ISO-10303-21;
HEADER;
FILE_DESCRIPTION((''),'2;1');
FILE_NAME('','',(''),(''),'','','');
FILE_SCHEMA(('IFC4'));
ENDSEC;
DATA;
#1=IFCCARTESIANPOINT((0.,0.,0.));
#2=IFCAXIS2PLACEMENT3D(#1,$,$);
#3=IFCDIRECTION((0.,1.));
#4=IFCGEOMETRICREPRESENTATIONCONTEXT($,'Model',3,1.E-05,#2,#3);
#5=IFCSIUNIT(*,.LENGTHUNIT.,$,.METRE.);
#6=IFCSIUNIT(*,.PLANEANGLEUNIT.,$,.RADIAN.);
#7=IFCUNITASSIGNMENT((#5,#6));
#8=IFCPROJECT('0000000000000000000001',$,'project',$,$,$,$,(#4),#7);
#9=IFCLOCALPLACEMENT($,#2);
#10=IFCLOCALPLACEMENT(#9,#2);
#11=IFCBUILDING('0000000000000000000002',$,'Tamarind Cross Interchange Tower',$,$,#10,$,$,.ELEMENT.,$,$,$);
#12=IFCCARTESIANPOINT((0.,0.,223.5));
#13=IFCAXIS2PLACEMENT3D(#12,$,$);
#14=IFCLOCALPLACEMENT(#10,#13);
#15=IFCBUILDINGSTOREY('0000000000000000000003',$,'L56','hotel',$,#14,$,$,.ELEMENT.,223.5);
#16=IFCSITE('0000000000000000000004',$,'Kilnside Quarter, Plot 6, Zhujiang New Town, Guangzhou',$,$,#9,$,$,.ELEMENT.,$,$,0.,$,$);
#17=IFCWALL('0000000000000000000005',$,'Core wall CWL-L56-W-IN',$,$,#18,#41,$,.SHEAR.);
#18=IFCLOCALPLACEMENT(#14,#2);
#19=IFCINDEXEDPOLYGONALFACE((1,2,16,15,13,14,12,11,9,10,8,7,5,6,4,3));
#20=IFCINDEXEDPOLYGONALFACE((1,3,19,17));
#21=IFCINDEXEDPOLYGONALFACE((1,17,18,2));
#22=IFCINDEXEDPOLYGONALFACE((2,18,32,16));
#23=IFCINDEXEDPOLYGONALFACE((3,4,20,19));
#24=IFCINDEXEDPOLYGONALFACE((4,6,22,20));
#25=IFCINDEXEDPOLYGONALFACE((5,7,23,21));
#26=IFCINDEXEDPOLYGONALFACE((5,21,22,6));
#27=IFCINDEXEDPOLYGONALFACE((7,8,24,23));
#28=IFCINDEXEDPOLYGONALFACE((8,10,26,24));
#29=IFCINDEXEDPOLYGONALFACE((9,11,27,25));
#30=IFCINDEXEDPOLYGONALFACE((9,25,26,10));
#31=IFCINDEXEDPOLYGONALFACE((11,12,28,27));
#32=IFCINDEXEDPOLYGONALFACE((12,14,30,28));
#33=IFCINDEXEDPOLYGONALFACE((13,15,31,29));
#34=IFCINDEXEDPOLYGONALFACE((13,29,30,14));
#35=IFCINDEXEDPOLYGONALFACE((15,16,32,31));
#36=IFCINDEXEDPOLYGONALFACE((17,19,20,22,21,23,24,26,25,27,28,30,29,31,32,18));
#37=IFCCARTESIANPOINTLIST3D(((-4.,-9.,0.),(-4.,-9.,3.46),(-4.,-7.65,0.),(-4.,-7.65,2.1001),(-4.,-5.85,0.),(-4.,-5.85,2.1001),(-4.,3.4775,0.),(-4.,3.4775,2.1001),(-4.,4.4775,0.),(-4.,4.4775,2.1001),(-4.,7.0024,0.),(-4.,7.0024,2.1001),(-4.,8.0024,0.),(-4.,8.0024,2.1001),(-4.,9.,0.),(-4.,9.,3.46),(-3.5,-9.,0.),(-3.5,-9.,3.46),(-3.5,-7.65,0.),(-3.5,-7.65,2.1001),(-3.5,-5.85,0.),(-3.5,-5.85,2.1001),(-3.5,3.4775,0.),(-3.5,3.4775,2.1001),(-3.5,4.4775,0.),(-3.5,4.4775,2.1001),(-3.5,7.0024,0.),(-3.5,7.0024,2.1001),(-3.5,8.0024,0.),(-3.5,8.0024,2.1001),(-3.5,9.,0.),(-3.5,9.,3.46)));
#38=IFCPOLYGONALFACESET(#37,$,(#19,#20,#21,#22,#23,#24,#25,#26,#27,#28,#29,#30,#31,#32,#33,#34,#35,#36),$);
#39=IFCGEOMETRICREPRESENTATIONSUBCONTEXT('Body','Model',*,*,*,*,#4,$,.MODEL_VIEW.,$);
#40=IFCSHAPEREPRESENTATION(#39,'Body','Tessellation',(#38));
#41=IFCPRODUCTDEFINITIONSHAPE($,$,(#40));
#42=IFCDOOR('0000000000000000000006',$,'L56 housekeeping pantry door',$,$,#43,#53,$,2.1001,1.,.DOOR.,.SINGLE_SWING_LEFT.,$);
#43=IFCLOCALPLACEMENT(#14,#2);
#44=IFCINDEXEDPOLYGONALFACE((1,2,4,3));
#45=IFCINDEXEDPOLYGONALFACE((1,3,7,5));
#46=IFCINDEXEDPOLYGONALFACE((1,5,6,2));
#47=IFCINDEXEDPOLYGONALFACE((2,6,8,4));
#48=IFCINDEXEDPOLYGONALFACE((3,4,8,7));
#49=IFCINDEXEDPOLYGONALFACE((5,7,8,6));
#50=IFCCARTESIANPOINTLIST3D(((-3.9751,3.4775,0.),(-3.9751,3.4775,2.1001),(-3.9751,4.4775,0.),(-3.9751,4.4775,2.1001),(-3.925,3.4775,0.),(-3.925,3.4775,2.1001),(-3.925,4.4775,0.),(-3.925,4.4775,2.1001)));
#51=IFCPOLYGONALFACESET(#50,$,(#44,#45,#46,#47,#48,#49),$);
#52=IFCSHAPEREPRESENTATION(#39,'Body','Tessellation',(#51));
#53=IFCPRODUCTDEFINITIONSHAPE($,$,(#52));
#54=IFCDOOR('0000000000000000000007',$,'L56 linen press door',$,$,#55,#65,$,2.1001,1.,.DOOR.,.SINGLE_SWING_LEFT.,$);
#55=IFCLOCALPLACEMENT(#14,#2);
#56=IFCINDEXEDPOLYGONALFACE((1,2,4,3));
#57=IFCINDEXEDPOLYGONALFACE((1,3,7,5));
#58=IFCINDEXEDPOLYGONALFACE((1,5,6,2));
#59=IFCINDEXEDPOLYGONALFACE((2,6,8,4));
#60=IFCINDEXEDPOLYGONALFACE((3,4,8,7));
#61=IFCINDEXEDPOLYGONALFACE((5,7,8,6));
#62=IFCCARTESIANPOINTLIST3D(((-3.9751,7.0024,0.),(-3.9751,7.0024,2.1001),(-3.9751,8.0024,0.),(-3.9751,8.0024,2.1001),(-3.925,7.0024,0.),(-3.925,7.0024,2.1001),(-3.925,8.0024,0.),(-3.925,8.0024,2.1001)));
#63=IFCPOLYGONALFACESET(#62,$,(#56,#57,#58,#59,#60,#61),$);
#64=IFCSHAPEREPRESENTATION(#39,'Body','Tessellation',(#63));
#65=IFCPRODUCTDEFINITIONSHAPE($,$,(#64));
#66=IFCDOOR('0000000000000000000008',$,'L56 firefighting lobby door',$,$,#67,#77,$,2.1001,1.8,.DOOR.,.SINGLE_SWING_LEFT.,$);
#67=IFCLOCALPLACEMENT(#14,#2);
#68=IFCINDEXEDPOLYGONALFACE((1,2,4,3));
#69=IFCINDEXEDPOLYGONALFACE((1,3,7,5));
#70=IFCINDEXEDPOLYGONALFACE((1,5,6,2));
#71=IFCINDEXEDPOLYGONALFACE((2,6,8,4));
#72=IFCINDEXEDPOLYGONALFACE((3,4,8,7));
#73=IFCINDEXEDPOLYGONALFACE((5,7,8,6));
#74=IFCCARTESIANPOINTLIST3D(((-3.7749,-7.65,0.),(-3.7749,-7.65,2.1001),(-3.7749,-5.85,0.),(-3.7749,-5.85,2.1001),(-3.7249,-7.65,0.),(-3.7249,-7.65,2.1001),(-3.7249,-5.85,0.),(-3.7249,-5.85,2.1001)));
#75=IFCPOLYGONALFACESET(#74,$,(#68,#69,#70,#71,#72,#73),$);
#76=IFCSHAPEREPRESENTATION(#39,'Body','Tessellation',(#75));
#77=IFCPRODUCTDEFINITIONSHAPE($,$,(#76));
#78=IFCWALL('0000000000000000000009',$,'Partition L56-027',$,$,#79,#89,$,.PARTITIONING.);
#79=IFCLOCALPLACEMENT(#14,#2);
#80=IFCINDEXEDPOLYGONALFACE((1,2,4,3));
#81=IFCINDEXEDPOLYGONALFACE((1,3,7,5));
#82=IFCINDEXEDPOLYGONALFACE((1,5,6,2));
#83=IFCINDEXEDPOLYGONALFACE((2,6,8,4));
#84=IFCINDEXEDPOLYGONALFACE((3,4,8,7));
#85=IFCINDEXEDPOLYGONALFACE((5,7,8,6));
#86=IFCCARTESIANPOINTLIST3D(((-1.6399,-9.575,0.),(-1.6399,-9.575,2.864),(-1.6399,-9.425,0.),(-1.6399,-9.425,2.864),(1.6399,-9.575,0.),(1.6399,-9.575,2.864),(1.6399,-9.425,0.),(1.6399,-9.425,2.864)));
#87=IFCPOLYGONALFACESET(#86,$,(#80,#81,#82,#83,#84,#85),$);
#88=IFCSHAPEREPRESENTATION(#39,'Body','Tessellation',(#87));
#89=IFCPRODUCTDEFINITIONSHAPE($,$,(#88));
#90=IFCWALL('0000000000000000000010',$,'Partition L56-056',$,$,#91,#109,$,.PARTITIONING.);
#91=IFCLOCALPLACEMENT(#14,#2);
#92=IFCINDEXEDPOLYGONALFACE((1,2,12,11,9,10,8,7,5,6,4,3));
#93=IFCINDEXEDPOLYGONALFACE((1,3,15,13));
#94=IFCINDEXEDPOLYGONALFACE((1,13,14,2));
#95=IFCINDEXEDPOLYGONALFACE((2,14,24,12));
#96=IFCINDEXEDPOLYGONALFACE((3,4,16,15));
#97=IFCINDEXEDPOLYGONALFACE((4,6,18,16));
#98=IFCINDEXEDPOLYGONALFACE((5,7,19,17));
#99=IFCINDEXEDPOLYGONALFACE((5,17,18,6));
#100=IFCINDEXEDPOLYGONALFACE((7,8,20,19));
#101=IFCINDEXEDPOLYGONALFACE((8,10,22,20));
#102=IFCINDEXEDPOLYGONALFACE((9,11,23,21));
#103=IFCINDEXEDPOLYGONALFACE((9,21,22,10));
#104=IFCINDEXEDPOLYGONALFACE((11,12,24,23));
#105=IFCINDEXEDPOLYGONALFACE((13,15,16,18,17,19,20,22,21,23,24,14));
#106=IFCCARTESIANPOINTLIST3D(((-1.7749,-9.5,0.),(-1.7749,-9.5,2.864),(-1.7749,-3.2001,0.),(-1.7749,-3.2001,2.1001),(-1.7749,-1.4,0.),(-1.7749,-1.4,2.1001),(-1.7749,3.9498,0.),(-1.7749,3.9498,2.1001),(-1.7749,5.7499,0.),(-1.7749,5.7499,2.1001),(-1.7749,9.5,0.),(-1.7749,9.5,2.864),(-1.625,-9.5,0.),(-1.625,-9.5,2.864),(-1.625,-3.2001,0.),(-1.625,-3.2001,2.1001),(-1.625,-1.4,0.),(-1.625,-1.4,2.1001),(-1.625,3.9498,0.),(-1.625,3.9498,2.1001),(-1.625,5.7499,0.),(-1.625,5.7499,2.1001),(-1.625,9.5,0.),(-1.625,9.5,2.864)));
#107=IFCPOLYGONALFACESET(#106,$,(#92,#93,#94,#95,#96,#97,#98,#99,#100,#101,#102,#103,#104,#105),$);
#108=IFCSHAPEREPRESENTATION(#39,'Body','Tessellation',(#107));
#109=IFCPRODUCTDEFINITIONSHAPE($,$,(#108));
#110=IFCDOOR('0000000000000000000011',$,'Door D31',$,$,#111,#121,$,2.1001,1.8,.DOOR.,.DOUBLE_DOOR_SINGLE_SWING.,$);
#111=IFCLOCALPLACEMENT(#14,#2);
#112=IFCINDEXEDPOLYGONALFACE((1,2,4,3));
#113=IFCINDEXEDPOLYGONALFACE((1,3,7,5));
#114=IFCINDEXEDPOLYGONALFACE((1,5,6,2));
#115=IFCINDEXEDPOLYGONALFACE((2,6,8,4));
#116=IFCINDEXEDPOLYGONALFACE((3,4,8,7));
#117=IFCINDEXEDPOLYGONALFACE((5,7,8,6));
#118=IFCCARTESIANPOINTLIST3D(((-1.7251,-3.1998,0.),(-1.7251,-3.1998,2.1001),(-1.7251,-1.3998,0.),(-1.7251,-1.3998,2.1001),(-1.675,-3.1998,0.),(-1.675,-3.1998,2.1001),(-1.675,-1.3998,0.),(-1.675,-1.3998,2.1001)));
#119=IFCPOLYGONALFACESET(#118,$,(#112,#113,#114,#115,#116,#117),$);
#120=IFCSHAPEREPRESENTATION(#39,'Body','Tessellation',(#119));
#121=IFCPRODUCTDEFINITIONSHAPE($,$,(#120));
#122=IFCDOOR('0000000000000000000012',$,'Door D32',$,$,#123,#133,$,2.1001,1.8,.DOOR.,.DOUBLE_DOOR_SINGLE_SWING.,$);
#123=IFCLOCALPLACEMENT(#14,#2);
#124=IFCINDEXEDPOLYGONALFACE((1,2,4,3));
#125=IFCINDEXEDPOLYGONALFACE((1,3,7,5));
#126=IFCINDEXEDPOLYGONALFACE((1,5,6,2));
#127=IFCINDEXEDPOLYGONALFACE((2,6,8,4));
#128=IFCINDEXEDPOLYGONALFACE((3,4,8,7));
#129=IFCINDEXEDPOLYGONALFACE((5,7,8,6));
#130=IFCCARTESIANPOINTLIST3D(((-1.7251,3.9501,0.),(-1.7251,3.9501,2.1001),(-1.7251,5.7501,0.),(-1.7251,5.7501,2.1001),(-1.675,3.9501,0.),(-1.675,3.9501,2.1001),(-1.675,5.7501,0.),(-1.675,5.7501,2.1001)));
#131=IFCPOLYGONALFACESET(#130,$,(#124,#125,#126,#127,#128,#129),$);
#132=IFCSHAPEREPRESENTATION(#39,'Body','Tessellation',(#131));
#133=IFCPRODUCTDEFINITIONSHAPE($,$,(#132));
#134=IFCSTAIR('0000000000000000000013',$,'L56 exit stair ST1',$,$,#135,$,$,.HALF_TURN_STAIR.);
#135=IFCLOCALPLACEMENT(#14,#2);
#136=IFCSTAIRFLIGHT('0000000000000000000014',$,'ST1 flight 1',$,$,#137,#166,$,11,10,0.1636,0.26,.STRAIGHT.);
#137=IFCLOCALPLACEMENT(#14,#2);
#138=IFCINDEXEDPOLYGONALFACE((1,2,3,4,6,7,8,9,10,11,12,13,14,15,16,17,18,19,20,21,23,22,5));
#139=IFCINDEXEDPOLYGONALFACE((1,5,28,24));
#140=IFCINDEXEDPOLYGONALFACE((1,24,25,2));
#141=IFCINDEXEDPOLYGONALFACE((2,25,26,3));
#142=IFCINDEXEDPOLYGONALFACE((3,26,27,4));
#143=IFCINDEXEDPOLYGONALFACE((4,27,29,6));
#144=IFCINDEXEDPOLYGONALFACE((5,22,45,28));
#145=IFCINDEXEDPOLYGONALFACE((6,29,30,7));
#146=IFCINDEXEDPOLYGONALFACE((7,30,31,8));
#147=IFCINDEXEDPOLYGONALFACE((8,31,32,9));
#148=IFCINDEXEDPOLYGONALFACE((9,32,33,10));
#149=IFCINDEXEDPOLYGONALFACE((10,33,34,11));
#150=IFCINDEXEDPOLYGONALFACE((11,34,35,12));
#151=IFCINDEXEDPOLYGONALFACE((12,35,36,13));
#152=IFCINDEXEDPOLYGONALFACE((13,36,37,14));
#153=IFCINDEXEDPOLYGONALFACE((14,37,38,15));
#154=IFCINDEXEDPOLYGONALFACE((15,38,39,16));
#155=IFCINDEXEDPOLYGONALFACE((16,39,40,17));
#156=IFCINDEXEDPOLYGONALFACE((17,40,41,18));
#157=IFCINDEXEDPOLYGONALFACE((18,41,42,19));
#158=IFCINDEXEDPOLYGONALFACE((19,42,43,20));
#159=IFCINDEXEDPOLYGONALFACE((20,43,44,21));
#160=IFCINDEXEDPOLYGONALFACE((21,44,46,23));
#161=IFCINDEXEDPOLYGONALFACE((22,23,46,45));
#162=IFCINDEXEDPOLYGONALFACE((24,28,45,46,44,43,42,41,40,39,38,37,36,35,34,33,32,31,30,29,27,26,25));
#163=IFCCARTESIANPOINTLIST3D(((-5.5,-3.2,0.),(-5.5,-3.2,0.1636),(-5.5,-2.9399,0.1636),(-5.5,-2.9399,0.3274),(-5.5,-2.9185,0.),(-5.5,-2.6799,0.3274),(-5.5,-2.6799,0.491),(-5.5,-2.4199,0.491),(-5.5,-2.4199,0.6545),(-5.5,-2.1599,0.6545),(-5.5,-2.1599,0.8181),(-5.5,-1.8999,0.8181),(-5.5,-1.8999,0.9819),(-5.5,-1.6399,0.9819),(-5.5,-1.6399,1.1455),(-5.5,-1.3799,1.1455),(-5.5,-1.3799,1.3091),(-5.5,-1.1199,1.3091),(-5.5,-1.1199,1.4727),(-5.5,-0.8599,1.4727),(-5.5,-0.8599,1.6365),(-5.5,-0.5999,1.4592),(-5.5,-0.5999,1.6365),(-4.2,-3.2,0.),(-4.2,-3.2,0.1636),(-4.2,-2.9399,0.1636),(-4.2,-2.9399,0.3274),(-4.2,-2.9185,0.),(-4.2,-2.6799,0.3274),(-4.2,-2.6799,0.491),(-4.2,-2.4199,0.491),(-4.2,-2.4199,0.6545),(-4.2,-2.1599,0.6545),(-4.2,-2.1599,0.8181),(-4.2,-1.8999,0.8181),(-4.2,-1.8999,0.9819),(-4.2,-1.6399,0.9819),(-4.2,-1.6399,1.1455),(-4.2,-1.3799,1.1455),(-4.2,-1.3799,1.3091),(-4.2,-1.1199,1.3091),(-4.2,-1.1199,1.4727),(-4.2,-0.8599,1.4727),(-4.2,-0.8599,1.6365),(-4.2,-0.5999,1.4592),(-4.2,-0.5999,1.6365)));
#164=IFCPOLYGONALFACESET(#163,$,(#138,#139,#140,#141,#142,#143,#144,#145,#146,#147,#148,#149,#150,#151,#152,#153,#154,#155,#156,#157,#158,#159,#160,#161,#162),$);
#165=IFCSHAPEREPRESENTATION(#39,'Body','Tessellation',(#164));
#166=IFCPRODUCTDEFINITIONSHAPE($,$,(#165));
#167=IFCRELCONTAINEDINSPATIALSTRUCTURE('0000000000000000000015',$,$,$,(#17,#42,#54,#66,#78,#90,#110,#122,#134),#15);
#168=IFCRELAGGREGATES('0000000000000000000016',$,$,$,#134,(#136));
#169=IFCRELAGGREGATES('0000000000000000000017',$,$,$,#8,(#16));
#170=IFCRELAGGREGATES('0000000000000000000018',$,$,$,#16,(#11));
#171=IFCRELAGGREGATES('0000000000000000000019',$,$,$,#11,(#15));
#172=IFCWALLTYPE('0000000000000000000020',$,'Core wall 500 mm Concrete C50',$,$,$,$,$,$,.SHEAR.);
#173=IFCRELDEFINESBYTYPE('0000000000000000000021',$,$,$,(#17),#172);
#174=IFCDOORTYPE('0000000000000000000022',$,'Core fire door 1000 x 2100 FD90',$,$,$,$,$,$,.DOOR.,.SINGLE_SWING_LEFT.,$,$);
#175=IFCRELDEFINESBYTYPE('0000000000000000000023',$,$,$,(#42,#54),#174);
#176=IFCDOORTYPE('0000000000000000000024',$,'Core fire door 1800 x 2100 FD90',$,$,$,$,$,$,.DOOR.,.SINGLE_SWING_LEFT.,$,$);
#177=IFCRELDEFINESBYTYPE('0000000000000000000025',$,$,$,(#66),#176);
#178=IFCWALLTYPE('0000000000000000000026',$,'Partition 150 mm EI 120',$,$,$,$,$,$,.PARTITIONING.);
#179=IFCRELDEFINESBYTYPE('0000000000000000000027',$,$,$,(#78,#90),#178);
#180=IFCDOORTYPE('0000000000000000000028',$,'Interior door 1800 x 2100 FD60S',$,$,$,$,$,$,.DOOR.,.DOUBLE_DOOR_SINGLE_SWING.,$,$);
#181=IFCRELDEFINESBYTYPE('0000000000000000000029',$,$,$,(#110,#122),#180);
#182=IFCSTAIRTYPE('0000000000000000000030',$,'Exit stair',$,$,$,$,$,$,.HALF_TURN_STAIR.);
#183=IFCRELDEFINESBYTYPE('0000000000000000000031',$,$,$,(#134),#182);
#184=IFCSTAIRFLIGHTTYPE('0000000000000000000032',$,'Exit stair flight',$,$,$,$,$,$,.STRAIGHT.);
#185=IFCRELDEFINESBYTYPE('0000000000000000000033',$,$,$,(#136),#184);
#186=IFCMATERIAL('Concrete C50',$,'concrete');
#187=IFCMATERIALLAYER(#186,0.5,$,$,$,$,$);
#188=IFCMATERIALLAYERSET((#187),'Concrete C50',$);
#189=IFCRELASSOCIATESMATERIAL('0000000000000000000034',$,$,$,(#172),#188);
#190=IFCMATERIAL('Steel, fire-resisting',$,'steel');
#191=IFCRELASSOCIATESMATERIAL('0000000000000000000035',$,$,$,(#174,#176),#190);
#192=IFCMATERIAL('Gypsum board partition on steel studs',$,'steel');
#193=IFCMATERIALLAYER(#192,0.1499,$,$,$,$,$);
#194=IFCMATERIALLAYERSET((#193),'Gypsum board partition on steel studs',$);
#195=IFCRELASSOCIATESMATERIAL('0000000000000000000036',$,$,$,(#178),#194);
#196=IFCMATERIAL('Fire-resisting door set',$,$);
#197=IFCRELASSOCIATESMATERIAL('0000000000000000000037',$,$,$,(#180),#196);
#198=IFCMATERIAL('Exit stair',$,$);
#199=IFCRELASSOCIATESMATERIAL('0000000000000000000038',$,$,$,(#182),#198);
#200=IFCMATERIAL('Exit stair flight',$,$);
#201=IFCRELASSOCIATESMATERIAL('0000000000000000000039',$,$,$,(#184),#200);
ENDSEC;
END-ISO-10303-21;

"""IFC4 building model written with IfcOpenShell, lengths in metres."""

from ifc_helpers import new_model, si_unit, direction, frame, frame_2d, origin, place, context, subcontext, project, spatial, polyline, rectangle, outline, extrude, material, layer, layer_set, type_object, element, fill, aggregate, save


model = new_model("IFC4")

# Units and contexts
model_context = context("Model", 3, precision=1e-05, world=origin(), true_north=direction((0.0, 1.0)))
body_context = subcontext(model_context, "Body", "Model", "MODEL_VIEW")
ifc_project = project(units=[si_unit("LENGTHUNIT", "METRE"), si_unit("PLANEANGLEUNIT", "RADIAN")], contexts=[model_context])

# Site, building, storey
site_placement = place(None, origin())
site = spatial("IfcSite", under=ifc_project, at=site_placement, Name="Kilnside Quarter, Plot 6, Zhujiang New Town, Guangzhou", CompositionType="ELEMENT", RefElevation=0.0)
building_placement = place(site_placement, origin())
building = spatial("IfcBuilding", under=site, at=building_placement, Name="Tamarind Cross Interchange Tower", CompositionType="ELEMENT")
storey_placement = place(building_placement, frame((0.0, 0.0, 223.5)))
storey = spatial("IfcBuildingStorey", under=building, at=storey_placement, Name="L56", Description="hotel", CompositionType="ELEMENT", Elevation=223.5)

# Wall, openings, doors
ifc_material_1 = material(Name="Concrete C50", Category="concrete")
ifc_layer_1 = layer(ifc_material_1, 0.5)
ifc_layer_set_1 = layer_set([ifc_layer_1], Name="Concrete C50")
wall_type_1 = type_object("IfcWallType", Name="Core wall 500 mm Concrete C50", PredefinedType="SHEAR", material=ifc_layer_set_1)
wall_1_placement = place(storey_placement, frame((-3.75, -9.0, 0.0), z_axis=(0.0, 0.0, 1.0), x_axis=(0.0, 1.0, 0.0)))
wall_1 = element("IfcWall", 1, at=wall_1_placement, inside=storey, type_object=wall_type_1, Name="Core wall CWL-L56-W-IN", PredefinedType="SHEAR", context=body_context, shape_type="SweptSolid", body=[
    extrude(rectangle(XDim=18.0, YDim=0.5, at=frame_2d((9.0, 0.0))), origin(), (0.0, 0.0, 1.0), 3.46),
])
opening_1_placement = place(wall_1_placement, frame((1.3501, 0.0, 0.0)))
opening_1 = element("IfcOpeningElement", 2, at=opening_1_placement, cuts=wall_1, PredefinedType="OPENING", context=body_context, shape_type="SweptSolid", body=[
    extrude(rectangle(XDim=1.8, YDim=2.1001, at=frame_2d((0.8999, 1.05))), frame((0.0, 0.26, 0.0), z_axis=(0.0, -1.0, 0.0), x_axis=(1.0, 0.0, 0.0)), (0.0, 0.0, 1.0), 0.52),
])
opening_2_placement = place(wall_1_placement, frame((12.4775, 0.0, 0.0)))
opening_2 = element("IfcOpeningElement", 3, at=opening_2_placement, cuts=wall_1, PredefinedType="OPENING", context=body_context, shape_type="SweptSolid", body=[
    extrude(rectangle(XDim=1.0, YDim=2.1001, at=frame_2d((0.5, 1.05))), frame((0.0, 0.26, 0.0), z_axis=(0.0, -1.0, 0.0), x_axis=(1.0, 0.0, 0.0)), (0.0, 0.0, 1.0), 0.52),
])
opening_3_placement = place(wall_1_placement, frame((16.0024, 0.0, 0.0)))
opening_3 = element("IfcOpeningElement", 4, at=opening_3_placement, cuts=wall_1, PredefinedType="OPENING", context=body_context, shape_type="SweptSolid", body=[
    extrude(rectangle(XDim=1.0, YDim=2.1001, at=frame_2d((0.5, 1.05))), frame((0.0, 0.26, 0.0), z_axis=(0.0, -1.0, 0.0), x_axis=(1.0, 0.0, 0.0)), (0.0, 0.0, 1.0), 0.52),
])
ifc_material_2 = material(Name="Steel, fire-resisting", Category="steel")
door_type_1 = type_object("IfcDoorType", Name="Core fire door 1000 x 2100 FD90", OperationType="SINGLE_SWING_LEFT", PredefinedType="DOOR", material=ifc_material_2)
door_1_placement = place(opening_2_placement, origin())
door_1 = element("IfcDoor", 5, at=door_1_placement, inside=storey, type_object=door_type_1, Name="L56 housekeeping pantry door", OperationType="SINGLE_SWING_LEFT", OverallHeight=2.1001, OverallWidth=1.0, PredefinedType="DOOR", context=body_context, shape_type="SweptSolid", body=[
    extrude(rectangle(XDim=1.0, YDim=2.1001, at=frame_2d((0.5, 1.05))), frame((0.0, 0.2251, 0.0), z_axis=(0.0, -1.0, 0.0), x_axis=(1.0, 0.0, 0.0)), (0.0, 0.0, 1.0), 0.05),
])
fill(opening_2, door_1)
door_2_placement = place(opening_3_placement, origin())
door_2 = element("IfcDoor", 6, at=door_2_placement, inside=storey, type_object=door_type_1, Name="L56 linen press door", OperationType="SINGLE_SWING_LEFT", OverallHeight=2.1001, OverallWidth=1.0, PredefinedType="DOOR", context=body_context, shape_type="SweptSolid", body=[
    extrude(rectangle(XDim=1.0, YDim=2.1001, at=frame_2d((0.5, 1.05))), frame((0.0, 0.2251, 0.0), z_axis=(0.0, -1.0, 0.0), x_axis=(1.0, 0.0, 0.0)), (0.0, 0.0, 1.0), 0.05),
])
fill(opening_3, door_2)
door_type_2 = type_object("IfcDoorType", Name="Core fire door 1800 x 2100 FD90", OperationType="SINGLE_SWING_LEFT", PredefinedType="DOOR", material=ifc_material_2)
door_3_placement = place(opening_1_placement, origin())
door_3 = element("IfcDoor", 7, at=door_3_placement, inside=storey, type_object=door_type_2, Name="L56 firefighting lobby door", OperationType="SINGLE_SWING_LEFT", OverallHeight=2.1001, OverallWidth=1.8, PredefinedType="DOOR", context=body_context, shape_type="SweptSolid", body=[
    extrude(rectangle(XDim=1.8, YDim=2.1001, at=frame_2d((0.8999, 1.05))), frame((0.0, 0.0249, 0.0), z_axis=(0.0, -1.0, 0.0), x_axis=(1.0, 0.0, 0.0)), (0.0, 0.0, 1.0), 0.05),
])
fill(opening_1, door_3)

# Wall
ifc_material_3 = material(Name="Gypsum board partition on steel studs", Category="steel")
ifc_layer_2 = layer(ifc_material_3, 0.1499)
ifc_layer_set_2 = layer_set([ifc_layer_2], Name="Gypsum board partition on steel studs")
wall_type_2 = type_object("IfcWallType", Name="Partition 150 mm EI 120", PredefinedType="PARTITIONING", material=ifc_layer_set_2)
wall_2_placement = place(storey_placement, frame((-1.6399, -9.5, 0.0), z_axis=(0.0, 0.0, 1.0), x_axis=(1.0, 0.0, 0.0)))
element("IfcWall", 8, at=wall_2_placement, inside=storey, type_object=wall_type_2, Name="Partition L56-027", PredefinedType="PARTITIONING", context=body_context, shape_type="SweptSolid", body=[
    extrude(rectangle(XDim=3.2798, YDim=0.1499, at=frame_2d((1.6399, 0.0))), origin(), (0.0, 0.0, 1.0), 2.864),
])

# Wall, openings, doors
wall_3_placement = place(storey_placement, frame((-1.7, -9.5, 0.0), z_axis=(0.0, 0.0, 1.0), x_axis=(0.0, 1.0, 0.0)))
wall_3 = element("IfcWall", 9, at=wall_3_placement, inside=storey, type_object=wall_type_2, Name="Partition L56-056", PredefinedType="PARTITIONING", context=body_context, shape_type="SweptSolid", body=[
    extrude(rectangle(XDim=19.0, YDim=0.1499, at=frame_2d((9.5, 0.0))), origin(), (0.0, 0.0, 1.0), 2.864),
])
opening_4_placement = place(wall_3_placement, frame((6.3, 0.0, 0.0)))
opening_4 = element("IfcOpeningElement", 10, at=opening_4_placement, cuts=wall_3, PredefinedType="OPENING", context=body_context, shape_type="SweptSolid", body=[
    extrude(rectangle(XDim=1.8, YDim=2.1001, at=frame_2d((0.8999, 1.05))), frame((0.0, 0.085, 0.0), z_axis=(0.0, -1.0, 0.0), x_axis=(1.0, 0.0, 0.0)), (0.0, 0.0, 1.0), 0.1699),
])
opening_5_placement = place(wall_3_placement, frame((13.45, 0.0, 0.0)))
opening_5 = element("IfcOpeningElement", 11, at=opening_5_placement, cuts=wall_3, PredefinedType="OPENING", context=body_context, shape_type="SweptSolid", body=[
    extrude(rectangle(XDim=1.8, YDim=2.1001, at=frame_2d((0.8999, 1.05))), frame((0.0, 0.085, 0.0), z_axis=(0.0, -1.0, 0.0), x_axis=(1.0, 0.0, 0.0)), (0.0, 0.0, 1.0), 0.1699),
])
ifc_material_4 = material(Name="Fire-resisting door set")
door_type_3 = type_object("IfcDoorType", Name="Interior door 1800 x 2100 FD60S", OperationType="DOUBLE_DOOR_SINGLE_SWING", PredefinedType="DOOR", material=ifc_material_4)
door_4_placement = place(opening_4_placement, frame((1.8, 0.0, 0.0), z_axis=(0.0, 0.0, 1.0), x_axis=(-1.0, 0.0, 0.0)))
door_4 = element("IfcDoor", 12, at=door_4_placement, inside=storey, type_object=door_type_3, Name="Door D31", OperationType="DOUBLE_DOOR_SINGLE_SWING", OverallHeight=2.1001, OverallWidth=1.8, PredefinedType="DOOR", context=body_context, shape_type="SweptSolid", body=[
    extrude(rectangle(XDim=1.8, YDim=2.1001, at=frame_2d((0.8999, 1.05))), frame((0.0, 0.0249, 0.0), z_axis=(0.0, -1.0, 0.0), x_axis=(1.0, 0.0, 0.0)), (0.0, 0.0, 1.0), 0.05),
])
fill(opening_4, door_4)
door_5_placement = place(opening_5_placement, frame((1.8, 0.0, 0.0), z_axis=(0.0, 0.0, 1.0), x_axis=(-1.0, 0.0, 0.0)))
door_5 = element("IfcDoor", 13, at=door_5_placement, inside=storey, type_object=door_type_3, Name="Door D32", OperationType="DOUBLE_DOOR_SINGLE_SWING", OverallHeight=2.1001, OverallWidth=1.8, PredefinedType="DOOR", context=body_context, shape_type="SweptSolid", body=[
    extrude(rectangle(XDim=1.8, YDim=2.1001, at=frame_2d((0.8999, 1.05))), frame((0.0, 0.0249, 0.0), z_axis=(0.0, -1.0, 0.0), x_axis=(1.0, 0.0, 0.0)), (0.0, 0.0, 1.0), 0.05),
])
fill(opening_5, door_5)

# Stair, stair flight
ifc_material_5 = material(Name="Exit stair")
stair_type = type_object("IfcStairType", Name="Exit stair", PredefinedType="HALF_TURN_STAIR", material=ifc_material_5)
stair_placement = place(storey_placement, origin())
stair = element("IfcStair", 14, at=stair_placement, inside=storey, type_object=stair_type, Name="L56 exit stair ST1", PredefinedType="HALF_TURN_STAIR")
ifc_material_6 = material(Name="Exit stair flight")
stair_flight_type = type_object("IfcStairFlightType", Name="Exit stair flight", PredefinedType="STRAIGHT", material=ifc_material_6)
stair_flight_placement = place(storey_placement, frame((-4.8501, -3.2, 0.0), z_axis=(0.0, 0.0, 1.0), x_axis=(0.0, 1.0, 0.0)))
stair_flight = element("IfcStairFlight", 15, at=stair_flight_placement, type_object=stair_flight_type, Name="ST1 flight 1", NumberOfRisers=11, NumberOfTreads=10, PredefinedType="STRAIGHT", RiserHeight=0.1636, TreadLength=0.26, context=body_context, shape_type="SweptSolid", body=[
    extrude(outline(polyline([(0.0, 0.0), (0.0, 0.1636), (0.26, 0.1636), (0.26, 0.3274), (0.52, 0.3274), (0.52, 0.491), (0.78, 0.491), (0.78, 0.6545), (1.04, 0.6545), (1.04, 0.8181), (1.3, 0.8181), (1.3, 0.9819), (1.5601, 0.9819), (1.5601, 1.1455), (1.8201, 1.1455), (1.8201, 1.3091), (2.0801, 1.3091), (2.0801, 1.4727), (2.3401, 1.4727), (2.3401, 1.6365), (2.6001, 1.6365), (2.6001, 1.8), (2.6001, 1.4592), (0.2815, 0.0), (0.0, 0.0)])), frame((0.0, 0.6499, 0.0), z_axis=(0.0, -1.0, 0.0), x_axis=(1.0, 0.0, 0.0)), (0.0, 0.0, 1.0), 1.3),
])
aggregate(stair, [stair_flight])

save(model, "model.ifc")
